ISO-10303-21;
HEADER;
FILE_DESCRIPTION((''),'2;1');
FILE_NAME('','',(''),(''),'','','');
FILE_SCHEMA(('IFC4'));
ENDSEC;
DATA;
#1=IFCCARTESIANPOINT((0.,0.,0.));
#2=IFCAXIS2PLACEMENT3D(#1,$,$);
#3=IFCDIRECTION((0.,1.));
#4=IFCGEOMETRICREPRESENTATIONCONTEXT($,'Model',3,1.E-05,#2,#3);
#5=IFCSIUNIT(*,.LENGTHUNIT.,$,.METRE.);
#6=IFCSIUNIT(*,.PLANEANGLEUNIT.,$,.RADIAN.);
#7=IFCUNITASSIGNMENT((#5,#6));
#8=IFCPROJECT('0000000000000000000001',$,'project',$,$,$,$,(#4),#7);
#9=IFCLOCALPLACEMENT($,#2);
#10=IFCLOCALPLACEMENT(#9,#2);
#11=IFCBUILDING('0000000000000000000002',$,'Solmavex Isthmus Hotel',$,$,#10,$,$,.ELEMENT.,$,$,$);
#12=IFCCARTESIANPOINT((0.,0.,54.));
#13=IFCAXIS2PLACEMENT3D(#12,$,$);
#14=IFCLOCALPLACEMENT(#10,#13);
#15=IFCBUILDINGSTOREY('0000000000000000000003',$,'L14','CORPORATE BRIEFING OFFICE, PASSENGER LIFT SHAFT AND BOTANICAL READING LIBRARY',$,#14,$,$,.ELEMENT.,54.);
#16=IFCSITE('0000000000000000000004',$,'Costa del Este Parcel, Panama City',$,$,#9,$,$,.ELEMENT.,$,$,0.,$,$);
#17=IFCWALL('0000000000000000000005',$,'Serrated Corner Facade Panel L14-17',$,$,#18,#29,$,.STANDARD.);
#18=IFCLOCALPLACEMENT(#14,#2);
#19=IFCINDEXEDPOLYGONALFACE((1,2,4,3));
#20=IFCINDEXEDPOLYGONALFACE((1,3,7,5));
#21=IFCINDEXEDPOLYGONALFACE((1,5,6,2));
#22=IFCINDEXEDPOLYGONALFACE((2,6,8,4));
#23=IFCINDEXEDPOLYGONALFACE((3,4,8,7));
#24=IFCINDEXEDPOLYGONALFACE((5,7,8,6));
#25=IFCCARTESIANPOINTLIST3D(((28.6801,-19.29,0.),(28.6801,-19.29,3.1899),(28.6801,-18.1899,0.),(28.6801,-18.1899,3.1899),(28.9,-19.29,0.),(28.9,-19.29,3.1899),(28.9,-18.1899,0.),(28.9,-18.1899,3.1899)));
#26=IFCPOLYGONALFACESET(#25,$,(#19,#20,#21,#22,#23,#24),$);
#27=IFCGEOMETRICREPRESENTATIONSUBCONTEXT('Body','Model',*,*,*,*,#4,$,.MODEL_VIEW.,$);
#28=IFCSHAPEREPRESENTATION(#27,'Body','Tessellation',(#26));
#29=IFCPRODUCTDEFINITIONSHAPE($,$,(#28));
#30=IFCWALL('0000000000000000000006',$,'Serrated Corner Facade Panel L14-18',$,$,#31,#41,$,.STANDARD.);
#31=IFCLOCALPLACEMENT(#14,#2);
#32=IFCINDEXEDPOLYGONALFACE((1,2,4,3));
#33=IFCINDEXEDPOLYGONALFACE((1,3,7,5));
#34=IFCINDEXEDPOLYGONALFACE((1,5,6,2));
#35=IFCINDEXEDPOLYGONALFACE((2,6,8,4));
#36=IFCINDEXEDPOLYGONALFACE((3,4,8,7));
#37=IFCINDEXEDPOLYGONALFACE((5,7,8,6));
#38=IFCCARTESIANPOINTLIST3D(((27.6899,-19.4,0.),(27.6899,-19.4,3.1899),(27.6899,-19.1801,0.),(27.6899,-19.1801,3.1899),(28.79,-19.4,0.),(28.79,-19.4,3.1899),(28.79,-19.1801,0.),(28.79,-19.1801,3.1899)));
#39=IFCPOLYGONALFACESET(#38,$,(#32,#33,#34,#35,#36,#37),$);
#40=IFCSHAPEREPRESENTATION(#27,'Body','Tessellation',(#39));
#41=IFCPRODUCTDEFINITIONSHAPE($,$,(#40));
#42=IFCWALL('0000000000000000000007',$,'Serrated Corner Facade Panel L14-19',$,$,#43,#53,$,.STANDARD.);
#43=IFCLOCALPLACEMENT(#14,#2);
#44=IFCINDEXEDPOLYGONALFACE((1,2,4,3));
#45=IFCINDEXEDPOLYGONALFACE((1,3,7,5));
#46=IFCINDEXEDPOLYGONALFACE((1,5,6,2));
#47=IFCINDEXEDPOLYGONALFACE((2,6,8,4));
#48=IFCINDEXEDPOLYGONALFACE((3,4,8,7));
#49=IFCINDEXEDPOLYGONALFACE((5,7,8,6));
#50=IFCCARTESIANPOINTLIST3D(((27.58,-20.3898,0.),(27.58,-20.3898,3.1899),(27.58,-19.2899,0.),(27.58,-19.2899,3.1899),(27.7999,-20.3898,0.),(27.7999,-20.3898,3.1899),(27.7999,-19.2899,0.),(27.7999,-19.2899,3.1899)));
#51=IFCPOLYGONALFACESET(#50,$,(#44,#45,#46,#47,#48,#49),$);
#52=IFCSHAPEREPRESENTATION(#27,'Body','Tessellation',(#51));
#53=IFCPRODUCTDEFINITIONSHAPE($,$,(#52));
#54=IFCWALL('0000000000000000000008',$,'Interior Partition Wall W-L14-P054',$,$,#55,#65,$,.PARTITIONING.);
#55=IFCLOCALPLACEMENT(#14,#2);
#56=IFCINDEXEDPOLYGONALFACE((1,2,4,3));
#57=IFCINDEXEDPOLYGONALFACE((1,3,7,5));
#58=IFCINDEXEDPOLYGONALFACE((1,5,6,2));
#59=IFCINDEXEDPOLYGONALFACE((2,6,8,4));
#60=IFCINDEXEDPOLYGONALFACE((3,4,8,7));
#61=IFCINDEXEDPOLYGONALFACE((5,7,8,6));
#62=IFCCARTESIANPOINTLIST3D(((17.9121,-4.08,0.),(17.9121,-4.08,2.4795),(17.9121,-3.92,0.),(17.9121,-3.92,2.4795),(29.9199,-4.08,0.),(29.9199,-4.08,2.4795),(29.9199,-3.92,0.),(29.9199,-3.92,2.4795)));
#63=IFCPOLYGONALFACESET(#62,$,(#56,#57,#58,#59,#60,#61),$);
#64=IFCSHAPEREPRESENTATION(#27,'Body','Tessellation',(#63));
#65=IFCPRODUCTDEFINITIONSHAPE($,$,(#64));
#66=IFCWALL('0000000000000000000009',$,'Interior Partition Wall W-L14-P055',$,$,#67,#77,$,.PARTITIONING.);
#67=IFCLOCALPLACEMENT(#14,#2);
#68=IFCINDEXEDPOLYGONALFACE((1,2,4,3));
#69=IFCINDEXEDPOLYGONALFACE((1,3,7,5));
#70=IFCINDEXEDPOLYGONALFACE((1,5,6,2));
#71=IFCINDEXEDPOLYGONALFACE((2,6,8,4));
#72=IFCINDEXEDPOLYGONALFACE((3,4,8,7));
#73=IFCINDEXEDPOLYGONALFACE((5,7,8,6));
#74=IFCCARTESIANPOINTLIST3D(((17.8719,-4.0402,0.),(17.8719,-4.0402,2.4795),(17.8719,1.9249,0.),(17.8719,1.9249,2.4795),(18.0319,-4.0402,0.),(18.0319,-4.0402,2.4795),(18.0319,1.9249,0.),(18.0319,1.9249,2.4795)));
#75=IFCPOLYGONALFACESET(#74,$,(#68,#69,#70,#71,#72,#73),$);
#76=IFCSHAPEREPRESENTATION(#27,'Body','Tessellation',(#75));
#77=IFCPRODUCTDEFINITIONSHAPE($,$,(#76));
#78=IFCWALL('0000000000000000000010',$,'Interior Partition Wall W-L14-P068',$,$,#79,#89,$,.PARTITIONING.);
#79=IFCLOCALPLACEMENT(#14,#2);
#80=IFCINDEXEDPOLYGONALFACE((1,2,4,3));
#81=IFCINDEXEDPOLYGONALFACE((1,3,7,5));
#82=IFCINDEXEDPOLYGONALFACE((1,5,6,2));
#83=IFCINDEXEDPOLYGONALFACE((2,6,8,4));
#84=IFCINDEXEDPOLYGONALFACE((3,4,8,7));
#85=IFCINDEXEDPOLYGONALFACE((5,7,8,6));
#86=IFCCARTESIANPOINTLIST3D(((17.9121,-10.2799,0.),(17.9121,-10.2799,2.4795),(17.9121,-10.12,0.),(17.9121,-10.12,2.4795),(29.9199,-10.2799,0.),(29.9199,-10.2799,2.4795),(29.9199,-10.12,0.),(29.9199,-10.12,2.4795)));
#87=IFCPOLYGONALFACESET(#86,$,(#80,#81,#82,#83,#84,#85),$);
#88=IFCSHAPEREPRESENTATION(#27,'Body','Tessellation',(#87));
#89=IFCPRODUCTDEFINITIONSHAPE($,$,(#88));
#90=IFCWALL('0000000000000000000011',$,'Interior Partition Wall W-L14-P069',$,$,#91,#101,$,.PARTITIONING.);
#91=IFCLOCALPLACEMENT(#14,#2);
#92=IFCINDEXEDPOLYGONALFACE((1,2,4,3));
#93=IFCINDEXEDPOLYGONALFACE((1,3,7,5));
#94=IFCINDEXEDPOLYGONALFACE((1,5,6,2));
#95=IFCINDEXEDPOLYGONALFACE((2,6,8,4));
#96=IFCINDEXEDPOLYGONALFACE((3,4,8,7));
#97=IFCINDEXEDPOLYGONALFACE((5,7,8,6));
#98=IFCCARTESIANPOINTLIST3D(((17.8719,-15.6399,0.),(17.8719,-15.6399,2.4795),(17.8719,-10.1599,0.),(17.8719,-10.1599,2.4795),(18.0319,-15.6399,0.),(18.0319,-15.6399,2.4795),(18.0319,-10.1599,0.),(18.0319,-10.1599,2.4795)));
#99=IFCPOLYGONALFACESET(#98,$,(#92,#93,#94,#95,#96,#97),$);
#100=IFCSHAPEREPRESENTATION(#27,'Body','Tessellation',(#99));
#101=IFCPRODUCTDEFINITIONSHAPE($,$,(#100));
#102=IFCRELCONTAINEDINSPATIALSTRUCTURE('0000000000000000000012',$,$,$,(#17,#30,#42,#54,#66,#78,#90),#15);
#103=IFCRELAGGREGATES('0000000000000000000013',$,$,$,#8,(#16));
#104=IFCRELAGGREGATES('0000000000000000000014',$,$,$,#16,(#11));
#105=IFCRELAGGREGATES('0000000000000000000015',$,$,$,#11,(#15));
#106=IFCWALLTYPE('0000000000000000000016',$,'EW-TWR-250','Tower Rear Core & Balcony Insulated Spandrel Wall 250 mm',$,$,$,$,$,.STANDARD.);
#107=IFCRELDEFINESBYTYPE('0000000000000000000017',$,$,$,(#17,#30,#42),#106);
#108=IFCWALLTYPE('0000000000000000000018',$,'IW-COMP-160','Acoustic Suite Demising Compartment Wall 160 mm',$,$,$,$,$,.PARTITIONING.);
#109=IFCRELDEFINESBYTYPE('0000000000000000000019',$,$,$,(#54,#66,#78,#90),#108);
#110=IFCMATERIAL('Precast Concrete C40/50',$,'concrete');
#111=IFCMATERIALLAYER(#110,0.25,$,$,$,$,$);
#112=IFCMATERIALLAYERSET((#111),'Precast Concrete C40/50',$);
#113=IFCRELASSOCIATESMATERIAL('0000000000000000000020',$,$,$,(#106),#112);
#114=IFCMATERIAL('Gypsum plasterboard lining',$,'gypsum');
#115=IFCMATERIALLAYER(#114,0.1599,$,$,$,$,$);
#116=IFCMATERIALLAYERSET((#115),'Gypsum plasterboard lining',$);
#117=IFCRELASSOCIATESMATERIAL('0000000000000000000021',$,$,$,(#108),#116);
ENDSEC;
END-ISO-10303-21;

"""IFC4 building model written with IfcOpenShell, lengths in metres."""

from ifc_helpers import new_model, si_unit, direction, frame, frame_2d, origin, place, context, subcontext, project, spatial, rectangle, extrude, material, layer, layer_set, type_object, element, save


model = new_model("IFC4")

# Units and contexts
model_context = context("Model", 3, precision=1e-05, world=origin(), true_north=direction((0.0, 1.0)))
body_context = subcontext(model_context, "Body", "Model", "MODEL_VIEW")
ifc_project = project(units=[si_unit("LENGTHUNIT", "METRE"), si_unit("PLANEANGLEUNIT", "RADIAN")], contexts=[model_context])

# Site, building, storey
site_placement = place(None, origin())
site = spatial("IfcSite", under=ifc_project, at=site_placement, Name="Costa del Este Parcel, Panama City", CompositionType="ELEMENT", RefElevation=0.0)
building_placement = place(site_placement, origin())
building = spatial("IfcBuilding", under=site, at=building_placement, Name="Solmavex Isthmus Hotel", CompositionType="ELEMENT")
storey_placement = place(building_placement, frame((0.0, 0.0, 54.0)))
storey = spatial("IfcBuildingStorey", under=building, at=storey_placement, Name="L14", Description="CORPORATE BRIEFING OFFICE, PASSENGER LIFT SHAFT AND BOTANICAL READING LIBRARY", CompositionType="ELEMENT", Elevation=54.0)

# Walls
ifc_material_1 = material(Name="Precast Concrete C40/50", Category="concrete")
ifc_layer_1 = layer(ifc_material_1, 0.25)
ifc_layer_set_1 = layer_set([ifc_layer_1], Name="Precast Concrete C40/50")
wall_type_1 = type_object("IfcWallType", Name="EW-TWR-250", Description="Tower Rear Core & Balcony Insulated Spandrel Wall 250 mm", PredefinedType="STANDARD", material=ifc_layer_set_1)
for number, where, z_axis, x_axis, name in (
    (1, (28.79, -18.1899, 0.0), (0.0, 0.0, 1.0), (0.0, -1.0, 0.0), "Serrated Corner Facade Panel L14-17"),
    (2, (28.79, -19.29, 0.0), (0.0, 0.0, 1.0), (-1.0, 0.0, 0.0), "Serrated Corner Facade Panel L14-18"),
):
    element("IfcWall", number, at=place(storey_placement, frame(where, z_axis=z_axis, x_axis=x_axis)), inside=storey, type_object=wall_type_1, Name=name, PredefinedType="STANDARD", context=body_context, shape_type="SweptSolid", body=[
        extrude(rectangle(XDim=1.1001, YDim=0.22, at=frame_2d((0.55, 0.0))), origin(), (0.0, 0.0, 1.0), 3.1899),
    ])
wall_1_placement = place(storey_placement, frame((27.6899, -19.29, 0.0), z_axis=(0.0, 0.0, 1.0), x_axis=(0.0, -1.0, 0.0)))
element("IfcWall", 3, at=wall_1_placement, inside=storey, type_object=wall_type_1, Name="Serrated Corner Facade Panel L14-19", PredefinedType="STANDARD", context=body_context, shape_type="SweptSolid", body=[
    extrude(rectangle(XDim=1.0999, YDim=0.22, at=frame_2d((0.5498, 0.0))), origin(), (0.0, 0.0, 1.0), 3.1899),
])
ifc_material_2 = material(Name="Gypsum plasterboard lining", Category="gypsum")
ifc_layer_2 = layer(ifc_material_2, 0.1599)
ifc_layer_set_2 = layer_set([ifc_layer_2], Name="Gypsum plasterboard lining")
wall_type_2 = type_object("IfcWallType", Name="IW-COMP-160", Description="Acoustic Suite Demising Compartment Wall 160 mm", PredefinedType="PARTITIONING", material=ifc_layer_set_2)
wall_2_placement = place(storey_placement, frame((29.9199, -4.0, 0.0), z_axis=(0.0, 0.0, 1.0), x_axis=(-1.0, 0.0, 0.0)))
element("IfcWall", 4, at=wall_2_placement, inside=storey, type_object=wall_type_2, Name="Interior Partition Wall W-L14-P054", PredefinedType="PARTITIONING", context=body_context, shape_type="SweptSolid", body=[
    extrude(rectangle(XDim=12.0078, YDim=0.1599, at=frame_2d((6.0039, 0.0))), origin(), (0.0, 0.0, 1.0), 2.4795),
])
wall_3_placement = place(storey_placement, frame((17.9519, -4.04, 0.0), z_axis=(0.0, 0.0, 1.0), x_axis=(0.0, 1.0, 0.0)))
element("IfcWall", 5, at=wall_3_placement, inside=storey, type_object=wall_type_2, Name="Interior Partition Wall W-L14-P055", PredefinedType="PARTITIONING", context=body_context, shape_type="SweptSolid", body=[
    extrude(rectangle(XDim=5.9651, YDim=0.1599, at=frame_2d((2.9824, 0.0))), origin(), (0.0, 0.0, 1.0), 2.4795),
])
wall_4_placement = place(storey_placement, frame((29.9199, -10.2, 0.0), z_axis=(0.0, 0.0, 1.0), x_axis=(-1.0, 0.0, 0.0)))
element("IfcWall", 6, at=wall_4_placement, inside=storey, type_object=wall_type_2, Name="Interior Partition Wall W-L14-P068", PredefinedType="PARTITIONING", context=body_context, shape_type="SweptSolid", body=[
    extrude(rectangle(XDim=12.0078, YDim=0.1599, at=frame_2d((6.0039, 0.0))), origin(), (0.0, 0.0, 1.0), 2.4795),
])
wall_5_placement = place(storey_placement, frame((17.9519, -10.1599, 0.0), z_axis=(0.0, 0.0, 1.0), x_axis=(0.0, -1.0, 0.0)))
element("IfcWall", 7, at=wall_5_placement, inside=storey, type_object=wall_type_2, Name="Interior Partition Wall W-L14-P069", PredefinedType="PARTITIONING", context=body_context, shape_type="SweptSolid", body=[
    extrude(rectangle(XDim=5.48, YDim=0.1599, at=frame_2d((2.74, 0.0))), origin(), (0.0, 0.0, 1.0), 2.4795),
])

save(model, "model.ifc")
